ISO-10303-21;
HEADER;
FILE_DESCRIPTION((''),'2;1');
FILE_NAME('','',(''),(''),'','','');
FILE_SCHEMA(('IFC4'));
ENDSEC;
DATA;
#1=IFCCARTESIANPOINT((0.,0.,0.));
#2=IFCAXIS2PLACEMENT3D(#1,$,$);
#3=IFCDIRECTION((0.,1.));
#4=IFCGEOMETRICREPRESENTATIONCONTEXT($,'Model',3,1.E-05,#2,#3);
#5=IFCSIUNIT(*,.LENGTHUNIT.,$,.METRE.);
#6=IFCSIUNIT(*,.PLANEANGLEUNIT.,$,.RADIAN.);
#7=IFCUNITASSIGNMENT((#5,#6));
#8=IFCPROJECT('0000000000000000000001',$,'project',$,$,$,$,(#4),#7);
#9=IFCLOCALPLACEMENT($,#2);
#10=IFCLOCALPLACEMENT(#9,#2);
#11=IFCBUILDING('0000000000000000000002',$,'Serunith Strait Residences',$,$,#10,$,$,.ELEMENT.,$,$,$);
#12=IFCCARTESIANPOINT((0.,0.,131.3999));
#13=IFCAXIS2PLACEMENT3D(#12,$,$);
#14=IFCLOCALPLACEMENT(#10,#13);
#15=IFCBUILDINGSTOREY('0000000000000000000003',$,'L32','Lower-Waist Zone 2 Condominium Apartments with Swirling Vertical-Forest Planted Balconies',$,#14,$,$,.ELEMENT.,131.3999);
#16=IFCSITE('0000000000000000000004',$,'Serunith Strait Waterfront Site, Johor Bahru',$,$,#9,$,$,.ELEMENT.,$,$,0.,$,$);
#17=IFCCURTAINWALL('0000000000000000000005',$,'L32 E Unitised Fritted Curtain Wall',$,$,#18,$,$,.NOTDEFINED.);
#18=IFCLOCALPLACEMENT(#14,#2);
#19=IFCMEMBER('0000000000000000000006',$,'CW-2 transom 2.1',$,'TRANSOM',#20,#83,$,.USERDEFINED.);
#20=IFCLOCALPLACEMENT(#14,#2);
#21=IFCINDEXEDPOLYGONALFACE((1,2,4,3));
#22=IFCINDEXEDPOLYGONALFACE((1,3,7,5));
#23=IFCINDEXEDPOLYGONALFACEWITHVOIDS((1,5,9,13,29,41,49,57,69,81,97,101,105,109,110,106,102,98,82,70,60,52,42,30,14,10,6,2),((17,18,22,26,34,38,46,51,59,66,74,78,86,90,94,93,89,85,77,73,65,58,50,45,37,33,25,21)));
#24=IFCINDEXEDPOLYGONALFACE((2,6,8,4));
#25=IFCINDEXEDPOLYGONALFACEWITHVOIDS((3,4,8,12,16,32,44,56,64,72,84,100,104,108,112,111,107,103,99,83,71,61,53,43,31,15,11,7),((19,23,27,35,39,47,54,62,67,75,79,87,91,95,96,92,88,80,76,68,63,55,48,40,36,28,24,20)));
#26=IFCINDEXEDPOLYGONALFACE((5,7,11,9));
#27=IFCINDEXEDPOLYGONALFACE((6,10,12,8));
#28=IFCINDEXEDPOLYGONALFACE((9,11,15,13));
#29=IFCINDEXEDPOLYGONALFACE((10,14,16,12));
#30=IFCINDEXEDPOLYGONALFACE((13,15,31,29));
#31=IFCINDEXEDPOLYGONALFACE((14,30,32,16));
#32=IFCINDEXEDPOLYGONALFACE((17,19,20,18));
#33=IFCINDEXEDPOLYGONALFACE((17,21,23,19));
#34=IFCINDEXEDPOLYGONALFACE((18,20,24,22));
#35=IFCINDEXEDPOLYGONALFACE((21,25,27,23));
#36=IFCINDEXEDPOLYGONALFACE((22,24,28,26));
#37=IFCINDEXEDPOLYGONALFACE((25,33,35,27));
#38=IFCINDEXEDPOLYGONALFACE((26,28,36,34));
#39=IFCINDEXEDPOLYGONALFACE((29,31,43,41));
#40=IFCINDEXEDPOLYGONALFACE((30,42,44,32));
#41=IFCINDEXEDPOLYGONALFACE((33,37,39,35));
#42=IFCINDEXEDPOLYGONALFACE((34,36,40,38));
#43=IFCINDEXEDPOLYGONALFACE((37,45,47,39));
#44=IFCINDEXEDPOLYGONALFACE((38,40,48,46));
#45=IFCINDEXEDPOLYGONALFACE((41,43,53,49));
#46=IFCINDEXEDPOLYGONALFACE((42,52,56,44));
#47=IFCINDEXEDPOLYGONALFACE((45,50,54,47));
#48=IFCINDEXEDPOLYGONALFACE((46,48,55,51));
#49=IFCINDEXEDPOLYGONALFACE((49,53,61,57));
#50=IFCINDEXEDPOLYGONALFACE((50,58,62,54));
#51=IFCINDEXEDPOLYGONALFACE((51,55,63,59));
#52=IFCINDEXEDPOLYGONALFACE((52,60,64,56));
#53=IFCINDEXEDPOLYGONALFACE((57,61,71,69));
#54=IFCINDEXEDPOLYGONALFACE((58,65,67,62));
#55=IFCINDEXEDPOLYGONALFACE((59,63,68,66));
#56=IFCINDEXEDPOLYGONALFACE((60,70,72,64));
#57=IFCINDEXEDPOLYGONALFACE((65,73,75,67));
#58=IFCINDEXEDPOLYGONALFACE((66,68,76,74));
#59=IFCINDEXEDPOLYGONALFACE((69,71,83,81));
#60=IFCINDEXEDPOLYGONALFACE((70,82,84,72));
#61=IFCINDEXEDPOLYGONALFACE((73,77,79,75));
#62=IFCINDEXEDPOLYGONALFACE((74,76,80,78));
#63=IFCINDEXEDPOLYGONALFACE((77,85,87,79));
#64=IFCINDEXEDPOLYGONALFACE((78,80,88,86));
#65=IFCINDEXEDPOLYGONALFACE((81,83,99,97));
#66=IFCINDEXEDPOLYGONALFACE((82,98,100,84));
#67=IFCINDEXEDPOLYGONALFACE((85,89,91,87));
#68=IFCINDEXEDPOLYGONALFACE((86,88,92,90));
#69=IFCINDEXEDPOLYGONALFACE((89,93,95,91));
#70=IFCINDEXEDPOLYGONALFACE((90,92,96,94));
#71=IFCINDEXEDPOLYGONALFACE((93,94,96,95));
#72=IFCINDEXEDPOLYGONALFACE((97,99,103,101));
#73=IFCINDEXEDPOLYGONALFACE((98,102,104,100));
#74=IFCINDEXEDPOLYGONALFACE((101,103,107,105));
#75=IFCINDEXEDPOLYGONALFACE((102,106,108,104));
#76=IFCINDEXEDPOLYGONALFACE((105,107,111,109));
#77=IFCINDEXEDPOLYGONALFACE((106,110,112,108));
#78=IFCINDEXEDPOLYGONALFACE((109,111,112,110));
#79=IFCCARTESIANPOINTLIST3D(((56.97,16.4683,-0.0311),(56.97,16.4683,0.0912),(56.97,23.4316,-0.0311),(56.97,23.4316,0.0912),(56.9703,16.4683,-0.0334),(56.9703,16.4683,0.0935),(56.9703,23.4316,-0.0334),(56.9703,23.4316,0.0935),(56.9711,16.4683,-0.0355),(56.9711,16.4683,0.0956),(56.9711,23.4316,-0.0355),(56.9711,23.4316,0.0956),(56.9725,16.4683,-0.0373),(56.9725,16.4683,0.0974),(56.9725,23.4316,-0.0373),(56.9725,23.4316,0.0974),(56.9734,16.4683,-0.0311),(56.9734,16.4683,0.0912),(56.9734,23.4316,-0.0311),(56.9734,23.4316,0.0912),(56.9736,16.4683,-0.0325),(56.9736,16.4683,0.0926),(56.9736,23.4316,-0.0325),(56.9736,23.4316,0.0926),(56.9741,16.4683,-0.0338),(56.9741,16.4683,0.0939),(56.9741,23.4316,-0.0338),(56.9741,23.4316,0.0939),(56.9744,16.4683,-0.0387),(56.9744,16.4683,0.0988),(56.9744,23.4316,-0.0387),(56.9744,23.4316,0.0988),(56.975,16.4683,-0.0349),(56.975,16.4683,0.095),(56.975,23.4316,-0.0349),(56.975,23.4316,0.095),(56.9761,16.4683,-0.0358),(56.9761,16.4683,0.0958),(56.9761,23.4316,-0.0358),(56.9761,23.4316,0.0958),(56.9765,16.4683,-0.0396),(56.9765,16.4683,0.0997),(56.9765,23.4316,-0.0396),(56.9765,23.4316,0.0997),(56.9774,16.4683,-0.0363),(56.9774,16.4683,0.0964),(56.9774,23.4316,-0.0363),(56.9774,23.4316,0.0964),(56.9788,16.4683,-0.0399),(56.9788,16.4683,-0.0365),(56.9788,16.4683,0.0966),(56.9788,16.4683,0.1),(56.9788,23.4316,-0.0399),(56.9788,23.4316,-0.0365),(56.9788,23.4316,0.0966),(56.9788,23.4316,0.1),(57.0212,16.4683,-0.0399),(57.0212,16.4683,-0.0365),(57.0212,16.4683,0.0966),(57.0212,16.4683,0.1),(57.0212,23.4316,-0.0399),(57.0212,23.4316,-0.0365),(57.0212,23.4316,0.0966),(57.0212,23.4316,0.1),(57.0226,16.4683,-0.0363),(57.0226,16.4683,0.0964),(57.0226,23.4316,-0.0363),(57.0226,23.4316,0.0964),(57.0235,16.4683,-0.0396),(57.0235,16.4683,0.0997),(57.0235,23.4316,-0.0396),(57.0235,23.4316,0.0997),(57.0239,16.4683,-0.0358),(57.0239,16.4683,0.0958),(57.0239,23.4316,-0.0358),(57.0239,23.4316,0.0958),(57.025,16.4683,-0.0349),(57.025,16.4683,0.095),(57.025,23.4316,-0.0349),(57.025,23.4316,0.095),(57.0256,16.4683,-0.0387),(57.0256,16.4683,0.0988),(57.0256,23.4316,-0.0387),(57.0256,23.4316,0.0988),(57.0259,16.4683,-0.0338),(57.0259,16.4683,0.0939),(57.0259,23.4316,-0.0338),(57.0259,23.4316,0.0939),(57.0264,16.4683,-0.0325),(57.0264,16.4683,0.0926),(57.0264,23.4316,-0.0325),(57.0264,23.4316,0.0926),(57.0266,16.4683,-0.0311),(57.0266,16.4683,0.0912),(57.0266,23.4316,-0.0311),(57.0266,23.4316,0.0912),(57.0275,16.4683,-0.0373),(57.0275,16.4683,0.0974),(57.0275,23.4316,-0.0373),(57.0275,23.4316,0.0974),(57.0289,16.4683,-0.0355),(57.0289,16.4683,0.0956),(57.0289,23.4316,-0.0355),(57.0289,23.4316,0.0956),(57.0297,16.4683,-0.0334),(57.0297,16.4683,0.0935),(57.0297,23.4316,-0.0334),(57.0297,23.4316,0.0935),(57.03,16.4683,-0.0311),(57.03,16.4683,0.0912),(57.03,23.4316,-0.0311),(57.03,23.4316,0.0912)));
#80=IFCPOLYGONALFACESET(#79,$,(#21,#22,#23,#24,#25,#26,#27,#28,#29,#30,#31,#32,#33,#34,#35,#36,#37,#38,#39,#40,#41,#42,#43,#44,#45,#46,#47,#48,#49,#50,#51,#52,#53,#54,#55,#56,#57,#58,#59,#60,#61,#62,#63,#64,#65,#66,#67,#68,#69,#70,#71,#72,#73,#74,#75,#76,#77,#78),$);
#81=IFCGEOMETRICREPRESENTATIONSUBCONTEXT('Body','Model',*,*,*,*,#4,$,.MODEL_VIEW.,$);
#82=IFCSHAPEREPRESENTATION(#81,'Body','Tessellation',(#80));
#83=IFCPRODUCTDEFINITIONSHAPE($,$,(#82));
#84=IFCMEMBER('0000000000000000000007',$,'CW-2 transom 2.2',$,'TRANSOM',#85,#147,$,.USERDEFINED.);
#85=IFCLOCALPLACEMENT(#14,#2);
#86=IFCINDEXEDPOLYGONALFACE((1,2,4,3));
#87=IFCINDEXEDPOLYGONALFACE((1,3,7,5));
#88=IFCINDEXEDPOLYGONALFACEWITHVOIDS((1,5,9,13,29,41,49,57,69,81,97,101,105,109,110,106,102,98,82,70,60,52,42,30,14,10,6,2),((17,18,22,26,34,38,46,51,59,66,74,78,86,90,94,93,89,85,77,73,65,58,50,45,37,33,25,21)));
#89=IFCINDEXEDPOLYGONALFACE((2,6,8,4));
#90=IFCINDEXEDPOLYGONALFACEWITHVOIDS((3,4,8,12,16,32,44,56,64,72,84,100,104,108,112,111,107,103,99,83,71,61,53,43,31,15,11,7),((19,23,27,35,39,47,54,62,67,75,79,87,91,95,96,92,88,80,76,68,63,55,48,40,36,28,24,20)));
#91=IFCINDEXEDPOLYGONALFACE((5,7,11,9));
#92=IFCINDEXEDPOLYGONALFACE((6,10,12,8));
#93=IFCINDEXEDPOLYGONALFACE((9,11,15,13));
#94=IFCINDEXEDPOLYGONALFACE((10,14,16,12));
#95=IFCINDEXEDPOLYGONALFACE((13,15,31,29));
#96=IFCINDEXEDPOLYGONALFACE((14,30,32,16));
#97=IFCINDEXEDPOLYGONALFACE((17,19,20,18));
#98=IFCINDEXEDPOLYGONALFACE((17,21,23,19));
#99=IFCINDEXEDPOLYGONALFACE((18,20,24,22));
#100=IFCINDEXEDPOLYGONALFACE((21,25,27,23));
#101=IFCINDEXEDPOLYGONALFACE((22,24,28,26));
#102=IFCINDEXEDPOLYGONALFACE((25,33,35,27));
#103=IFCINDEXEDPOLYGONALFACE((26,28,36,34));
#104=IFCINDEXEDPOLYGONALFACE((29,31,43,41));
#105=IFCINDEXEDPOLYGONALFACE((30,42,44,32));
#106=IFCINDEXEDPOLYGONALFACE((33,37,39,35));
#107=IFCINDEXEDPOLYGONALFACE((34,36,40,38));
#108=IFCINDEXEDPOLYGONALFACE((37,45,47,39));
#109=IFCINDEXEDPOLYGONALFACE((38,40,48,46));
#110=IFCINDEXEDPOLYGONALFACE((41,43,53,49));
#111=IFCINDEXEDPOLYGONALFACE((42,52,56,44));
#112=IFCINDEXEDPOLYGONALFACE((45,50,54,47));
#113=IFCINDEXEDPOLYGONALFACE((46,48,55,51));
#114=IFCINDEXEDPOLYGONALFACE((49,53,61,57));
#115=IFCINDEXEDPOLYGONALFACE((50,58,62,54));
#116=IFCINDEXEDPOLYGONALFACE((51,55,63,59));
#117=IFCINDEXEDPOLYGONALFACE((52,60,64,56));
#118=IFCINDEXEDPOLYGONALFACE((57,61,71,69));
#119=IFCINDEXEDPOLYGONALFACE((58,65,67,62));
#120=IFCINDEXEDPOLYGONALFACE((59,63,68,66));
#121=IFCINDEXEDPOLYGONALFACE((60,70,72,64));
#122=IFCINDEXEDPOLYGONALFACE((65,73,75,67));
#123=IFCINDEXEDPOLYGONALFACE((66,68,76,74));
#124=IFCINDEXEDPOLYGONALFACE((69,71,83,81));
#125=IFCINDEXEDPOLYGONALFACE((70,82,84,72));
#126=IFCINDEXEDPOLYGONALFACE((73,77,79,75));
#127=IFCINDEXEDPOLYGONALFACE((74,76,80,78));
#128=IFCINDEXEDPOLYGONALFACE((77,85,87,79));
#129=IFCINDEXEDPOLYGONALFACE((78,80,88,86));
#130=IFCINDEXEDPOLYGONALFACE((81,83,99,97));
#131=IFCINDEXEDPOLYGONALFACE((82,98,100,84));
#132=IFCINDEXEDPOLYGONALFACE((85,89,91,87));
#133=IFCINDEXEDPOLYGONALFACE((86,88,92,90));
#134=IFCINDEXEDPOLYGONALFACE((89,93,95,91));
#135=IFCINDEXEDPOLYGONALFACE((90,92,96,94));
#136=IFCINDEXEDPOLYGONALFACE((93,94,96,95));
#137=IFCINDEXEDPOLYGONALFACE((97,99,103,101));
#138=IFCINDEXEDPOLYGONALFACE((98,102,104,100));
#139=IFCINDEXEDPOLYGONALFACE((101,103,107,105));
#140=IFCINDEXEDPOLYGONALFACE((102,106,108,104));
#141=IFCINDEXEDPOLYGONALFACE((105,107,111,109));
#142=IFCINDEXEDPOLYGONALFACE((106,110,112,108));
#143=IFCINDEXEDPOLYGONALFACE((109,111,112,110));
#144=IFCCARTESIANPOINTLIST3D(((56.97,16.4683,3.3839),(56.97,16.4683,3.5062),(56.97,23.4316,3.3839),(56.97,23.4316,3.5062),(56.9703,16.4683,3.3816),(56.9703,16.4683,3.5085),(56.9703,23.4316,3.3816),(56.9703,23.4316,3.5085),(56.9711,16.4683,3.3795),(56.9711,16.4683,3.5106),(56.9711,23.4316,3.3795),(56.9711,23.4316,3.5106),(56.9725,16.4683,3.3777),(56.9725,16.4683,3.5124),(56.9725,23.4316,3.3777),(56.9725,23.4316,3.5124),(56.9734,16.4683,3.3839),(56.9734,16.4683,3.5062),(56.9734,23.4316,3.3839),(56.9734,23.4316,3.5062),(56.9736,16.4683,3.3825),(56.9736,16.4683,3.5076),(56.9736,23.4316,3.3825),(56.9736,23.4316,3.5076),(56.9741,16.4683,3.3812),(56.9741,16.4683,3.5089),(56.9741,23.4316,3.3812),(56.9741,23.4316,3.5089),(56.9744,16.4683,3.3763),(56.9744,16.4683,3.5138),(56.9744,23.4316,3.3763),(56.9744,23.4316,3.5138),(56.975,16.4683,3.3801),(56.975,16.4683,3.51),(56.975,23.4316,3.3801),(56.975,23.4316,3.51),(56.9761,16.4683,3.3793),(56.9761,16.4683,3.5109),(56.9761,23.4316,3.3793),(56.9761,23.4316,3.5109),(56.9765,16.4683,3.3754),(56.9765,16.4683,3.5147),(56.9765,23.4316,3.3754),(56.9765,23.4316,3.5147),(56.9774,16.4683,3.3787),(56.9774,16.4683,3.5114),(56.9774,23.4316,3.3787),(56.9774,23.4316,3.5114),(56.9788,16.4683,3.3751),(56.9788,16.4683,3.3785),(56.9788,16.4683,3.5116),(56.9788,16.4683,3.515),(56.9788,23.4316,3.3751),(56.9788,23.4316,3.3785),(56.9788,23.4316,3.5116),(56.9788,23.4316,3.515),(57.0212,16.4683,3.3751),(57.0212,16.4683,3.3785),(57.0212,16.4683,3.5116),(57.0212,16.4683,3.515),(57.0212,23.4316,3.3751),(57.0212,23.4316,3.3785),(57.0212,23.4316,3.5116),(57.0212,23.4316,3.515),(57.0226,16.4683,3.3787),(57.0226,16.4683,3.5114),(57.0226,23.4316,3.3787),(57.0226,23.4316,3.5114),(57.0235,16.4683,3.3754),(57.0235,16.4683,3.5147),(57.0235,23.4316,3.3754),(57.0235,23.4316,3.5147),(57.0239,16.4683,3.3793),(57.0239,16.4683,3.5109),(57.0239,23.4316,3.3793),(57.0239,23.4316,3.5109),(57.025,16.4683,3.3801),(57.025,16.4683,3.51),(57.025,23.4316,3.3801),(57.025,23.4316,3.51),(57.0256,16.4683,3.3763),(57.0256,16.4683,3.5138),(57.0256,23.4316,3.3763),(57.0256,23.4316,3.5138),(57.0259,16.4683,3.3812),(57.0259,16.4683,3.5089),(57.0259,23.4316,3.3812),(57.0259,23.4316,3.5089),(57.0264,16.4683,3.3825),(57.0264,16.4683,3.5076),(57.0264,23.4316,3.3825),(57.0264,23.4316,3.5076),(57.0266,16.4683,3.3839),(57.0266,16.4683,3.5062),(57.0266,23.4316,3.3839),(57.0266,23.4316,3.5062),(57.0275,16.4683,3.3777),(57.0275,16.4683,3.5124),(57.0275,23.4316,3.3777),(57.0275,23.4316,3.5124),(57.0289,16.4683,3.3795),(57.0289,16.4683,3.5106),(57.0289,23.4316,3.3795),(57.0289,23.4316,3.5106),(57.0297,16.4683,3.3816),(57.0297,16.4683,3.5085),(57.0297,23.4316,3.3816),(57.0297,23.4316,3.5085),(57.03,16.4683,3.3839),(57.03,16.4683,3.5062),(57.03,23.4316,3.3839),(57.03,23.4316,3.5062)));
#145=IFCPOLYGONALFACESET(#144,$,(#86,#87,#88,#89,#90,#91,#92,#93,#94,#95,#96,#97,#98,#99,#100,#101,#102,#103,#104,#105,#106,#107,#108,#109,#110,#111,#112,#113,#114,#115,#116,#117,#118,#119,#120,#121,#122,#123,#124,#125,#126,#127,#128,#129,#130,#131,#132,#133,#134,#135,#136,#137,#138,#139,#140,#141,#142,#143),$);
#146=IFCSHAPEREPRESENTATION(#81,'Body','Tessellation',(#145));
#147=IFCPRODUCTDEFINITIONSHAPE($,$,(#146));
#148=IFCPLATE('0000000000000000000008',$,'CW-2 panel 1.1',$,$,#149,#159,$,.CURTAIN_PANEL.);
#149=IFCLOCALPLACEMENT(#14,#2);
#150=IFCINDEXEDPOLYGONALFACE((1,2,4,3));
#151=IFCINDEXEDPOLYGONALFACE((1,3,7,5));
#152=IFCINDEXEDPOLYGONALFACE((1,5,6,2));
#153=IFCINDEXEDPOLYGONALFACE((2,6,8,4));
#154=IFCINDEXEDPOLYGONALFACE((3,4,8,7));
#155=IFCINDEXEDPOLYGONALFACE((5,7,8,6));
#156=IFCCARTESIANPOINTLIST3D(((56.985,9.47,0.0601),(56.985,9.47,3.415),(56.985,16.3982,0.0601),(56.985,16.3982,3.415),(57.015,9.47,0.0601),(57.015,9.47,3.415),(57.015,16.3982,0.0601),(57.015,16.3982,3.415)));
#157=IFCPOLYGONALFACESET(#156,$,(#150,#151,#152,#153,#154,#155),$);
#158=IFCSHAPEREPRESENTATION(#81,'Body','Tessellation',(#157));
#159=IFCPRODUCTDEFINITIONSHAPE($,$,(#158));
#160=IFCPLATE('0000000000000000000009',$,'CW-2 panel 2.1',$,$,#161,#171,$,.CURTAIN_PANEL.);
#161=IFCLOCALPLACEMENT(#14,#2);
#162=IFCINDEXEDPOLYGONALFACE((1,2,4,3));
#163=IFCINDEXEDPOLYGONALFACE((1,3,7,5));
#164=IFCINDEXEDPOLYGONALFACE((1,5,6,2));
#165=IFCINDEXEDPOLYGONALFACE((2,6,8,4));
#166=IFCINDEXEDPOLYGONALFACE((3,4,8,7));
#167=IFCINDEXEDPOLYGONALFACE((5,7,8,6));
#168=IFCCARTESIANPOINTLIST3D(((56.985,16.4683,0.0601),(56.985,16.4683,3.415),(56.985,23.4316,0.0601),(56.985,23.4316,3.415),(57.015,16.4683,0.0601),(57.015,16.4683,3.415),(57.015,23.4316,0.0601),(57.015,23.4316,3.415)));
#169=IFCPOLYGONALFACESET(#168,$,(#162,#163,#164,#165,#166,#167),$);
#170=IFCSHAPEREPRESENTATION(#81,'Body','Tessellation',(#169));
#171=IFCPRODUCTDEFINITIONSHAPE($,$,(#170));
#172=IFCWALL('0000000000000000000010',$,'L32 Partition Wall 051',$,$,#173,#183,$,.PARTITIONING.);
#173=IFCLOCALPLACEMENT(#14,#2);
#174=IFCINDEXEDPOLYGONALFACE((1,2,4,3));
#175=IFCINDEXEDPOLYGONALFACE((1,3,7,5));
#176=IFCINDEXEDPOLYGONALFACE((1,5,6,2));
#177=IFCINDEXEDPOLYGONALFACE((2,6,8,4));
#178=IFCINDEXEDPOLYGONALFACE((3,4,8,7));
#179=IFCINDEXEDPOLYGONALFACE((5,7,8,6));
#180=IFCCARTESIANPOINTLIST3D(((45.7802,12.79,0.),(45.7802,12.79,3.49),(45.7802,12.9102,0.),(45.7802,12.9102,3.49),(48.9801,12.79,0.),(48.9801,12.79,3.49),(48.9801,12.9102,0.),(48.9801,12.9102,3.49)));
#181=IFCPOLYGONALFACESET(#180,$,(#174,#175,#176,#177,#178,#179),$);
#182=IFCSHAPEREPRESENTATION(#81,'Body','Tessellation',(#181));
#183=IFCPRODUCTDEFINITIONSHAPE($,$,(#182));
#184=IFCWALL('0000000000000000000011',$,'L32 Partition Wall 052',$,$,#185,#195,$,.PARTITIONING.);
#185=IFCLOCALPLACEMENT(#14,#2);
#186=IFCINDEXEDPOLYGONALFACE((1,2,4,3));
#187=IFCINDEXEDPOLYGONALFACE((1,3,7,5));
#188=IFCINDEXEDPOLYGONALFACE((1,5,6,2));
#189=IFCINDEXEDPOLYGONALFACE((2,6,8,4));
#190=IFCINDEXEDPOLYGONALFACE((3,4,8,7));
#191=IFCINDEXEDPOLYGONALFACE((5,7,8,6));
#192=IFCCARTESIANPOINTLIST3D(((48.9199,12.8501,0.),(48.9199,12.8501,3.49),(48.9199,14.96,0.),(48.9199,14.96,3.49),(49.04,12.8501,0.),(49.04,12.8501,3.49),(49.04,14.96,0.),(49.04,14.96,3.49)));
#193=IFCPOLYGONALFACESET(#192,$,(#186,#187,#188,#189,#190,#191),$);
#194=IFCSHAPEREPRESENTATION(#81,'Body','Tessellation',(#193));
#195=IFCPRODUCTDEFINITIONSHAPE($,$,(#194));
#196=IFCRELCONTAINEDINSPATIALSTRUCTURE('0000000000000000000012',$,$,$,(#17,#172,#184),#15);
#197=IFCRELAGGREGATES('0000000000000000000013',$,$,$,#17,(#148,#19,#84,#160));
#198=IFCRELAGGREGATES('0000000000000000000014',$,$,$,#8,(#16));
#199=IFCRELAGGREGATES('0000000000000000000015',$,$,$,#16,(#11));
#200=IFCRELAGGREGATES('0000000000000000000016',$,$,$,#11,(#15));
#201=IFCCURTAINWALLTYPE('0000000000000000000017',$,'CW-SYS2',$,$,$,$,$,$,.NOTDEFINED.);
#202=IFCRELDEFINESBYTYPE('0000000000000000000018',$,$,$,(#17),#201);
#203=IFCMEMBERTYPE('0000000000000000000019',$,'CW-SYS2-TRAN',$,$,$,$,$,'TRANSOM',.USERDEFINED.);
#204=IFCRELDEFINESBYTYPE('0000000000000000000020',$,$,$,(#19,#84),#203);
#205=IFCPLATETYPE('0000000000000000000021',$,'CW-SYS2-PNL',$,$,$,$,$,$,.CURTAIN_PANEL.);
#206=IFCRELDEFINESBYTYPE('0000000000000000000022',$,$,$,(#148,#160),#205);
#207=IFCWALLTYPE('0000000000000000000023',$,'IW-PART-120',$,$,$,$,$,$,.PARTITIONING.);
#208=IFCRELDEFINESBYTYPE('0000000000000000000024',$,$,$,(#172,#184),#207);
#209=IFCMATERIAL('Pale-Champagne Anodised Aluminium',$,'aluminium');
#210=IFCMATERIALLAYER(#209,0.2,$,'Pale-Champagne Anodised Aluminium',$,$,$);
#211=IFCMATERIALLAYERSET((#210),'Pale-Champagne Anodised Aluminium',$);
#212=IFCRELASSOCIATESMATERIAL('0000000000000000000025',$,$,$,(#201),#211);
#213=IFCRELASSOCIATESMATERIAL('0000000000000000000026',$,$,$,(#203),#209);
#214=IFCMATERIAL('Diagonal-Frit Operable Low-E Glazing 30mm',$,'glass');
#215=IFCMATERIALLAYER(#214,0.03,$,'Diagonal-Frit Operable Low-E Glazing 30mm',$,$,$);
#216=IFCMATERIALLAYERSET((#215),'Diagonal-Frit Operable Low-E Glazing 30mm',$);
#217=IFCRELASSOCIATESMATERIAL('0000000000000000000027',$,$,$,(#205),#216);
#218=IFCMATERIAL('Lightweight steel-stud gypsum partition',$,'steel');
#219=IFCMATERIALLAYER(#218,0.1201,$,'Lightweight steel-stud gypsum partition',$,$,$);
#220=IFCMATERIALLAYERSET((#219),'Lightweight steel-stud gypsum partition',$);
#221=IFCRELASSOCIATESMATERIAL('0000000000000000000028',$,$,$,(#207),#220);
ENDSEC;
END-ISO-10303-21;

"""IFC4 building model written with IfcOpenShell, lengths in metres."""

from ifc_helpers import new_model, si_unit, direction, frame, frame_2d, origin, origin_2d, place, context, subcontext, project, spatial, rectangle, hollow_rectangle, extrude, source, transform, mapped, material, layer, layer_set, material_profile, profile_set, type_object, element, aggregate, save


model = new_model("IFC4")

# Units and contexts
model_context = context("Model", 3, precision=1e-05, world=origin(), true_north=direction((0.0, 1.0)))
body_context = subcontext(model_context, "Body", "Model", "MODEL_VIEW")
ifc_project = project(units=[si_unit("LENGTHUNIT", "METRE"), si_unit("PLANEANGLEUNIT", "RADIAN")], contexts=[model_context])

# Site, building, storey
site_placement = place(None, origin())
site = spatial("IfcSite", under=ifc_project, at=site_placement, Name="Serunith Strait Waterfront Site, Johor Bahru", CompositionType="ELEMENT", RefElevation=0.0)
building_placement = place(site_placement, origin())
building = spatial("IfcBuilding", under=site, at=building_placement, Name="Serunith Strait Residences", CompositionType="ELEMENT")
storey_placement = place(building_placement, frame((0.0, 0.0, 131.3999)))
storey = spatial("IfcBuildingStorey", under=building, at=storey_placement, Name="L32", Description="Lower-Waist Zone 2 Condominium Apartments with Swirling Vertical-Forest Planted Balconies", CompositionType="ELEMENT", Elevation=131.3999)

# Curtain wall, members, plates
ifc_material_1 = material(Name="Pale-Champagne Anodised Aluminium", Category="aluminium")
ifc_layer_1 = layer(ifc_material_1, 0.2, Name="Pale-Champagne Anodised Aluminium")
ifc_layer_set_1 = layer_set([ifc_layer_1], Name="Pale-Champagne Anodised Aluminium")
curtain_wall_type = type_object("IfcCurtainWallType", Name="CW-SYS2", PredefinedType="NOTDEFINED", material=ifc_layer_set_1)
curtain_wall_placement = place(storey_placement, origin())
curtain_wall = element("IfcCurtainWall", 1, at=curtain_wall_placement, inside=storey, type_object=curtain_wall_type, Name="L32 E Unitised Fritted Curtain Wall", PredefinedType="NOTDEFINED")
ifc_material_profile_1 = material_profile(ifc_material_1, hollow_rectangle(XDim=0.0601, YDim=0.1399, WallThickness=0.0034, InnerFilletRadius=0.0054, OuterFilletRadius=0.0088, at=origin_2d()), Name="ALU 140x60x3.5")
ifc_profile_set_1 = profile_set([ifc_material_profile_1], Name="Pale-Champagne Anodised Aluminium")
member_type_1 = type_object("IfcMemberType", Name="CW-SYS2-TRAN", ElementType="TRANSOM", PredefinedType="USERDEFINED", material=ifc_profile_set_1)
shared_shape_1 = source(origin(), body_context, "Body", "SweptSolid", [
    extrude(hollow_rectangle(XDim=0.0601, YDim=0.1399, WallThickness=0.0034, InnerFilletRadius=0.0054, OuterFilletRadius=0.0088, at=origin_2d()), origin(), (0.0, 0.0, 1.0), 6.9634),
])
member_1_placement = place(storey_placement, frame((57.0, 16.4683, 0.03), z_axis=(0.0, 1.0, 0.0), x_axis=(-1.0, 0.0, 0.0)))
member_1 = element("IfcMember", 2, at=member_1_placement, type_object=member_type_1, Name="CW-2 transom 2.1", ObjectType="TRANSOM", PredefinedType="USERDEFINED", context=body_context, shape_type="MappedRepresentation", body=[
    mapped(shared_shape_1, transform((0.0, 0.0, 0.0), scale=1.0)),
])
member_2_placement = place(storey_placement, frame((57.0, 16.4683, 3.4451), z_axis=(0.0, 1.0, 0.0), x_axis=(-1.0, 0.0, 0.0)))
member_2 = element("IfcMember", 3, at=member_2_placement, type_object=member_type_1, Name="CW-2 transom 2.2", ObjectType="TRANSOM", PredefinedType="USERDEFINED", context=body_context, shape_type="MappedRepresentation", body=[
    mapped(shared_shape_1, transform((0.0, 0.0, 0.0), scale=1.0)),
])
ifc_material_2 = material(Name="Diagonal-Frit Operable Low-E Glazing 30mm", Category="glass")
ifc_layer_2 = layer(ifc_material_2, 0.03, Name="Diagonal-Frit Operable Low-E Glazing 30mm")
ifc_layer_set_2 = layer_set([ifc_layer_2], Name="Diagonal-Frit Operable Low-E Glazing 30mm")
plate_type = type_object("IfcPlateType", Name="CW-SYS2-PNL", PredefinedType="CURTAIN_PANEL", material=ifc_layer_set_2)
shared_shape_2 = source(origin(), body_context, "Body", "SweptSolid", [
    extrude(rectangle(XDim=6.9282, YDim=0.03, at=origin_2d()), origin(), (0.0, 0.0, 1.0), 3.355),
])
plate_1_placement = place(storey_placement, frame((57.0, 12.9341, 0.0601), z_axis=(0.0, 0.0, 1.0), x_axis=(0.0, 1.0, 0.0)))
plate_1 = element("IfcPlate", 4, at=plate_1_placement, type_object=plate_type, Name="CW-2 panel 1.1", PredefinedType="CURTAIN_PANEL", context=body_context, shape_type="MappedRepresentation", body=[
    mapped(shared_shape_2, transform((0.0, 0.0, 0.0), scale=1.0)),
])
shared_shape_3 = source(origin(), body_context, "Body", "SweptSolid", [
    extrude(rectangle(XDim=6.9634, YDim=0.03, at=origin_2d()), origin(), (0.0, 0.0, 1.0), 3.355),
])
plate_2_placement = place(storey_placement, frame((57.0, 19.95, 0.0601), z_axis=(0.0, 0.0, 1.0), x_axis=(0.0, 1.0, 0.0)))
plate_2 = element("IfcPlate", 5, at=plate_2_placement, type_object=plate_type, Name="CW-2 panel 2.1", PredefinedType="CURTAIN_PANEL", context=body_context, shape_type="MappedRepresentation", body=[
    mapped(shared_shape_3, transform((0.0, 0.0, 0.0), scale=1.0)),
])
aggregate(curtain_wall, [plate_1, member_1, member_2, plate_2])

# Walls
ifc_material_3 = material(Name="Lightweight steel-stud gypsum partition", Category="steel")
ifc_layer_3 = layer(ifc_material_3, 0.1201, Name="Lightweight steel-stud gypsum partition")
ifc_layer_set_3 = layer_set([ifc_layer_3], Name="Lightweight steel-stud gypsum partition")
wall_type = type_object("IfcWallType", Name="IW-PART-120", PredefinedType="PARTITIONING", material=ifc_layer_set_3)
wall_1_placement = place(storey_placement, frame((45.78, 12.8501, 0.0), z_axis=(0.0, 0.0, 1.0), x_axis=(1.0, 0.0, 0.0)))
element("IfcWall", 6, at=wall_1_placement, inside=storey, type_object=wall_type, Name="L32 Partition Wall 051", PredefinedType="PARTITIONING", context=body_context, shape_type="SweptSolid", body=[
    extrude(rectangle(XDim=3.2, YDim=0.1201, at=frame_2d((1.6001, 0.0))), origin(), (0.0, 0.0, 1.0), 3.49),
])
wall_2_placement = place(storey_placement, frame((48.98, 12.8501, 0.0), z_axis=(0.0, 0.0, 1.0), x_axis=(0.0, 1.0, 0.0)))
element("IfcWall", 7, at=wall_2_placement, inside=storey, type_object=wall_type, Name="L32 Partition Wall 052", PredefinedType="PARTITIONING", context=body_context, shape_type="SweptSolid", body=[
    extrude(rectangle(XDim=2.1099, YDim=0.1201, at=frame_2d((1.0549, 0.0))), origin(), (0.0, 0.0, 1.0), 3.49),
])

save(model, "model.ifc")
